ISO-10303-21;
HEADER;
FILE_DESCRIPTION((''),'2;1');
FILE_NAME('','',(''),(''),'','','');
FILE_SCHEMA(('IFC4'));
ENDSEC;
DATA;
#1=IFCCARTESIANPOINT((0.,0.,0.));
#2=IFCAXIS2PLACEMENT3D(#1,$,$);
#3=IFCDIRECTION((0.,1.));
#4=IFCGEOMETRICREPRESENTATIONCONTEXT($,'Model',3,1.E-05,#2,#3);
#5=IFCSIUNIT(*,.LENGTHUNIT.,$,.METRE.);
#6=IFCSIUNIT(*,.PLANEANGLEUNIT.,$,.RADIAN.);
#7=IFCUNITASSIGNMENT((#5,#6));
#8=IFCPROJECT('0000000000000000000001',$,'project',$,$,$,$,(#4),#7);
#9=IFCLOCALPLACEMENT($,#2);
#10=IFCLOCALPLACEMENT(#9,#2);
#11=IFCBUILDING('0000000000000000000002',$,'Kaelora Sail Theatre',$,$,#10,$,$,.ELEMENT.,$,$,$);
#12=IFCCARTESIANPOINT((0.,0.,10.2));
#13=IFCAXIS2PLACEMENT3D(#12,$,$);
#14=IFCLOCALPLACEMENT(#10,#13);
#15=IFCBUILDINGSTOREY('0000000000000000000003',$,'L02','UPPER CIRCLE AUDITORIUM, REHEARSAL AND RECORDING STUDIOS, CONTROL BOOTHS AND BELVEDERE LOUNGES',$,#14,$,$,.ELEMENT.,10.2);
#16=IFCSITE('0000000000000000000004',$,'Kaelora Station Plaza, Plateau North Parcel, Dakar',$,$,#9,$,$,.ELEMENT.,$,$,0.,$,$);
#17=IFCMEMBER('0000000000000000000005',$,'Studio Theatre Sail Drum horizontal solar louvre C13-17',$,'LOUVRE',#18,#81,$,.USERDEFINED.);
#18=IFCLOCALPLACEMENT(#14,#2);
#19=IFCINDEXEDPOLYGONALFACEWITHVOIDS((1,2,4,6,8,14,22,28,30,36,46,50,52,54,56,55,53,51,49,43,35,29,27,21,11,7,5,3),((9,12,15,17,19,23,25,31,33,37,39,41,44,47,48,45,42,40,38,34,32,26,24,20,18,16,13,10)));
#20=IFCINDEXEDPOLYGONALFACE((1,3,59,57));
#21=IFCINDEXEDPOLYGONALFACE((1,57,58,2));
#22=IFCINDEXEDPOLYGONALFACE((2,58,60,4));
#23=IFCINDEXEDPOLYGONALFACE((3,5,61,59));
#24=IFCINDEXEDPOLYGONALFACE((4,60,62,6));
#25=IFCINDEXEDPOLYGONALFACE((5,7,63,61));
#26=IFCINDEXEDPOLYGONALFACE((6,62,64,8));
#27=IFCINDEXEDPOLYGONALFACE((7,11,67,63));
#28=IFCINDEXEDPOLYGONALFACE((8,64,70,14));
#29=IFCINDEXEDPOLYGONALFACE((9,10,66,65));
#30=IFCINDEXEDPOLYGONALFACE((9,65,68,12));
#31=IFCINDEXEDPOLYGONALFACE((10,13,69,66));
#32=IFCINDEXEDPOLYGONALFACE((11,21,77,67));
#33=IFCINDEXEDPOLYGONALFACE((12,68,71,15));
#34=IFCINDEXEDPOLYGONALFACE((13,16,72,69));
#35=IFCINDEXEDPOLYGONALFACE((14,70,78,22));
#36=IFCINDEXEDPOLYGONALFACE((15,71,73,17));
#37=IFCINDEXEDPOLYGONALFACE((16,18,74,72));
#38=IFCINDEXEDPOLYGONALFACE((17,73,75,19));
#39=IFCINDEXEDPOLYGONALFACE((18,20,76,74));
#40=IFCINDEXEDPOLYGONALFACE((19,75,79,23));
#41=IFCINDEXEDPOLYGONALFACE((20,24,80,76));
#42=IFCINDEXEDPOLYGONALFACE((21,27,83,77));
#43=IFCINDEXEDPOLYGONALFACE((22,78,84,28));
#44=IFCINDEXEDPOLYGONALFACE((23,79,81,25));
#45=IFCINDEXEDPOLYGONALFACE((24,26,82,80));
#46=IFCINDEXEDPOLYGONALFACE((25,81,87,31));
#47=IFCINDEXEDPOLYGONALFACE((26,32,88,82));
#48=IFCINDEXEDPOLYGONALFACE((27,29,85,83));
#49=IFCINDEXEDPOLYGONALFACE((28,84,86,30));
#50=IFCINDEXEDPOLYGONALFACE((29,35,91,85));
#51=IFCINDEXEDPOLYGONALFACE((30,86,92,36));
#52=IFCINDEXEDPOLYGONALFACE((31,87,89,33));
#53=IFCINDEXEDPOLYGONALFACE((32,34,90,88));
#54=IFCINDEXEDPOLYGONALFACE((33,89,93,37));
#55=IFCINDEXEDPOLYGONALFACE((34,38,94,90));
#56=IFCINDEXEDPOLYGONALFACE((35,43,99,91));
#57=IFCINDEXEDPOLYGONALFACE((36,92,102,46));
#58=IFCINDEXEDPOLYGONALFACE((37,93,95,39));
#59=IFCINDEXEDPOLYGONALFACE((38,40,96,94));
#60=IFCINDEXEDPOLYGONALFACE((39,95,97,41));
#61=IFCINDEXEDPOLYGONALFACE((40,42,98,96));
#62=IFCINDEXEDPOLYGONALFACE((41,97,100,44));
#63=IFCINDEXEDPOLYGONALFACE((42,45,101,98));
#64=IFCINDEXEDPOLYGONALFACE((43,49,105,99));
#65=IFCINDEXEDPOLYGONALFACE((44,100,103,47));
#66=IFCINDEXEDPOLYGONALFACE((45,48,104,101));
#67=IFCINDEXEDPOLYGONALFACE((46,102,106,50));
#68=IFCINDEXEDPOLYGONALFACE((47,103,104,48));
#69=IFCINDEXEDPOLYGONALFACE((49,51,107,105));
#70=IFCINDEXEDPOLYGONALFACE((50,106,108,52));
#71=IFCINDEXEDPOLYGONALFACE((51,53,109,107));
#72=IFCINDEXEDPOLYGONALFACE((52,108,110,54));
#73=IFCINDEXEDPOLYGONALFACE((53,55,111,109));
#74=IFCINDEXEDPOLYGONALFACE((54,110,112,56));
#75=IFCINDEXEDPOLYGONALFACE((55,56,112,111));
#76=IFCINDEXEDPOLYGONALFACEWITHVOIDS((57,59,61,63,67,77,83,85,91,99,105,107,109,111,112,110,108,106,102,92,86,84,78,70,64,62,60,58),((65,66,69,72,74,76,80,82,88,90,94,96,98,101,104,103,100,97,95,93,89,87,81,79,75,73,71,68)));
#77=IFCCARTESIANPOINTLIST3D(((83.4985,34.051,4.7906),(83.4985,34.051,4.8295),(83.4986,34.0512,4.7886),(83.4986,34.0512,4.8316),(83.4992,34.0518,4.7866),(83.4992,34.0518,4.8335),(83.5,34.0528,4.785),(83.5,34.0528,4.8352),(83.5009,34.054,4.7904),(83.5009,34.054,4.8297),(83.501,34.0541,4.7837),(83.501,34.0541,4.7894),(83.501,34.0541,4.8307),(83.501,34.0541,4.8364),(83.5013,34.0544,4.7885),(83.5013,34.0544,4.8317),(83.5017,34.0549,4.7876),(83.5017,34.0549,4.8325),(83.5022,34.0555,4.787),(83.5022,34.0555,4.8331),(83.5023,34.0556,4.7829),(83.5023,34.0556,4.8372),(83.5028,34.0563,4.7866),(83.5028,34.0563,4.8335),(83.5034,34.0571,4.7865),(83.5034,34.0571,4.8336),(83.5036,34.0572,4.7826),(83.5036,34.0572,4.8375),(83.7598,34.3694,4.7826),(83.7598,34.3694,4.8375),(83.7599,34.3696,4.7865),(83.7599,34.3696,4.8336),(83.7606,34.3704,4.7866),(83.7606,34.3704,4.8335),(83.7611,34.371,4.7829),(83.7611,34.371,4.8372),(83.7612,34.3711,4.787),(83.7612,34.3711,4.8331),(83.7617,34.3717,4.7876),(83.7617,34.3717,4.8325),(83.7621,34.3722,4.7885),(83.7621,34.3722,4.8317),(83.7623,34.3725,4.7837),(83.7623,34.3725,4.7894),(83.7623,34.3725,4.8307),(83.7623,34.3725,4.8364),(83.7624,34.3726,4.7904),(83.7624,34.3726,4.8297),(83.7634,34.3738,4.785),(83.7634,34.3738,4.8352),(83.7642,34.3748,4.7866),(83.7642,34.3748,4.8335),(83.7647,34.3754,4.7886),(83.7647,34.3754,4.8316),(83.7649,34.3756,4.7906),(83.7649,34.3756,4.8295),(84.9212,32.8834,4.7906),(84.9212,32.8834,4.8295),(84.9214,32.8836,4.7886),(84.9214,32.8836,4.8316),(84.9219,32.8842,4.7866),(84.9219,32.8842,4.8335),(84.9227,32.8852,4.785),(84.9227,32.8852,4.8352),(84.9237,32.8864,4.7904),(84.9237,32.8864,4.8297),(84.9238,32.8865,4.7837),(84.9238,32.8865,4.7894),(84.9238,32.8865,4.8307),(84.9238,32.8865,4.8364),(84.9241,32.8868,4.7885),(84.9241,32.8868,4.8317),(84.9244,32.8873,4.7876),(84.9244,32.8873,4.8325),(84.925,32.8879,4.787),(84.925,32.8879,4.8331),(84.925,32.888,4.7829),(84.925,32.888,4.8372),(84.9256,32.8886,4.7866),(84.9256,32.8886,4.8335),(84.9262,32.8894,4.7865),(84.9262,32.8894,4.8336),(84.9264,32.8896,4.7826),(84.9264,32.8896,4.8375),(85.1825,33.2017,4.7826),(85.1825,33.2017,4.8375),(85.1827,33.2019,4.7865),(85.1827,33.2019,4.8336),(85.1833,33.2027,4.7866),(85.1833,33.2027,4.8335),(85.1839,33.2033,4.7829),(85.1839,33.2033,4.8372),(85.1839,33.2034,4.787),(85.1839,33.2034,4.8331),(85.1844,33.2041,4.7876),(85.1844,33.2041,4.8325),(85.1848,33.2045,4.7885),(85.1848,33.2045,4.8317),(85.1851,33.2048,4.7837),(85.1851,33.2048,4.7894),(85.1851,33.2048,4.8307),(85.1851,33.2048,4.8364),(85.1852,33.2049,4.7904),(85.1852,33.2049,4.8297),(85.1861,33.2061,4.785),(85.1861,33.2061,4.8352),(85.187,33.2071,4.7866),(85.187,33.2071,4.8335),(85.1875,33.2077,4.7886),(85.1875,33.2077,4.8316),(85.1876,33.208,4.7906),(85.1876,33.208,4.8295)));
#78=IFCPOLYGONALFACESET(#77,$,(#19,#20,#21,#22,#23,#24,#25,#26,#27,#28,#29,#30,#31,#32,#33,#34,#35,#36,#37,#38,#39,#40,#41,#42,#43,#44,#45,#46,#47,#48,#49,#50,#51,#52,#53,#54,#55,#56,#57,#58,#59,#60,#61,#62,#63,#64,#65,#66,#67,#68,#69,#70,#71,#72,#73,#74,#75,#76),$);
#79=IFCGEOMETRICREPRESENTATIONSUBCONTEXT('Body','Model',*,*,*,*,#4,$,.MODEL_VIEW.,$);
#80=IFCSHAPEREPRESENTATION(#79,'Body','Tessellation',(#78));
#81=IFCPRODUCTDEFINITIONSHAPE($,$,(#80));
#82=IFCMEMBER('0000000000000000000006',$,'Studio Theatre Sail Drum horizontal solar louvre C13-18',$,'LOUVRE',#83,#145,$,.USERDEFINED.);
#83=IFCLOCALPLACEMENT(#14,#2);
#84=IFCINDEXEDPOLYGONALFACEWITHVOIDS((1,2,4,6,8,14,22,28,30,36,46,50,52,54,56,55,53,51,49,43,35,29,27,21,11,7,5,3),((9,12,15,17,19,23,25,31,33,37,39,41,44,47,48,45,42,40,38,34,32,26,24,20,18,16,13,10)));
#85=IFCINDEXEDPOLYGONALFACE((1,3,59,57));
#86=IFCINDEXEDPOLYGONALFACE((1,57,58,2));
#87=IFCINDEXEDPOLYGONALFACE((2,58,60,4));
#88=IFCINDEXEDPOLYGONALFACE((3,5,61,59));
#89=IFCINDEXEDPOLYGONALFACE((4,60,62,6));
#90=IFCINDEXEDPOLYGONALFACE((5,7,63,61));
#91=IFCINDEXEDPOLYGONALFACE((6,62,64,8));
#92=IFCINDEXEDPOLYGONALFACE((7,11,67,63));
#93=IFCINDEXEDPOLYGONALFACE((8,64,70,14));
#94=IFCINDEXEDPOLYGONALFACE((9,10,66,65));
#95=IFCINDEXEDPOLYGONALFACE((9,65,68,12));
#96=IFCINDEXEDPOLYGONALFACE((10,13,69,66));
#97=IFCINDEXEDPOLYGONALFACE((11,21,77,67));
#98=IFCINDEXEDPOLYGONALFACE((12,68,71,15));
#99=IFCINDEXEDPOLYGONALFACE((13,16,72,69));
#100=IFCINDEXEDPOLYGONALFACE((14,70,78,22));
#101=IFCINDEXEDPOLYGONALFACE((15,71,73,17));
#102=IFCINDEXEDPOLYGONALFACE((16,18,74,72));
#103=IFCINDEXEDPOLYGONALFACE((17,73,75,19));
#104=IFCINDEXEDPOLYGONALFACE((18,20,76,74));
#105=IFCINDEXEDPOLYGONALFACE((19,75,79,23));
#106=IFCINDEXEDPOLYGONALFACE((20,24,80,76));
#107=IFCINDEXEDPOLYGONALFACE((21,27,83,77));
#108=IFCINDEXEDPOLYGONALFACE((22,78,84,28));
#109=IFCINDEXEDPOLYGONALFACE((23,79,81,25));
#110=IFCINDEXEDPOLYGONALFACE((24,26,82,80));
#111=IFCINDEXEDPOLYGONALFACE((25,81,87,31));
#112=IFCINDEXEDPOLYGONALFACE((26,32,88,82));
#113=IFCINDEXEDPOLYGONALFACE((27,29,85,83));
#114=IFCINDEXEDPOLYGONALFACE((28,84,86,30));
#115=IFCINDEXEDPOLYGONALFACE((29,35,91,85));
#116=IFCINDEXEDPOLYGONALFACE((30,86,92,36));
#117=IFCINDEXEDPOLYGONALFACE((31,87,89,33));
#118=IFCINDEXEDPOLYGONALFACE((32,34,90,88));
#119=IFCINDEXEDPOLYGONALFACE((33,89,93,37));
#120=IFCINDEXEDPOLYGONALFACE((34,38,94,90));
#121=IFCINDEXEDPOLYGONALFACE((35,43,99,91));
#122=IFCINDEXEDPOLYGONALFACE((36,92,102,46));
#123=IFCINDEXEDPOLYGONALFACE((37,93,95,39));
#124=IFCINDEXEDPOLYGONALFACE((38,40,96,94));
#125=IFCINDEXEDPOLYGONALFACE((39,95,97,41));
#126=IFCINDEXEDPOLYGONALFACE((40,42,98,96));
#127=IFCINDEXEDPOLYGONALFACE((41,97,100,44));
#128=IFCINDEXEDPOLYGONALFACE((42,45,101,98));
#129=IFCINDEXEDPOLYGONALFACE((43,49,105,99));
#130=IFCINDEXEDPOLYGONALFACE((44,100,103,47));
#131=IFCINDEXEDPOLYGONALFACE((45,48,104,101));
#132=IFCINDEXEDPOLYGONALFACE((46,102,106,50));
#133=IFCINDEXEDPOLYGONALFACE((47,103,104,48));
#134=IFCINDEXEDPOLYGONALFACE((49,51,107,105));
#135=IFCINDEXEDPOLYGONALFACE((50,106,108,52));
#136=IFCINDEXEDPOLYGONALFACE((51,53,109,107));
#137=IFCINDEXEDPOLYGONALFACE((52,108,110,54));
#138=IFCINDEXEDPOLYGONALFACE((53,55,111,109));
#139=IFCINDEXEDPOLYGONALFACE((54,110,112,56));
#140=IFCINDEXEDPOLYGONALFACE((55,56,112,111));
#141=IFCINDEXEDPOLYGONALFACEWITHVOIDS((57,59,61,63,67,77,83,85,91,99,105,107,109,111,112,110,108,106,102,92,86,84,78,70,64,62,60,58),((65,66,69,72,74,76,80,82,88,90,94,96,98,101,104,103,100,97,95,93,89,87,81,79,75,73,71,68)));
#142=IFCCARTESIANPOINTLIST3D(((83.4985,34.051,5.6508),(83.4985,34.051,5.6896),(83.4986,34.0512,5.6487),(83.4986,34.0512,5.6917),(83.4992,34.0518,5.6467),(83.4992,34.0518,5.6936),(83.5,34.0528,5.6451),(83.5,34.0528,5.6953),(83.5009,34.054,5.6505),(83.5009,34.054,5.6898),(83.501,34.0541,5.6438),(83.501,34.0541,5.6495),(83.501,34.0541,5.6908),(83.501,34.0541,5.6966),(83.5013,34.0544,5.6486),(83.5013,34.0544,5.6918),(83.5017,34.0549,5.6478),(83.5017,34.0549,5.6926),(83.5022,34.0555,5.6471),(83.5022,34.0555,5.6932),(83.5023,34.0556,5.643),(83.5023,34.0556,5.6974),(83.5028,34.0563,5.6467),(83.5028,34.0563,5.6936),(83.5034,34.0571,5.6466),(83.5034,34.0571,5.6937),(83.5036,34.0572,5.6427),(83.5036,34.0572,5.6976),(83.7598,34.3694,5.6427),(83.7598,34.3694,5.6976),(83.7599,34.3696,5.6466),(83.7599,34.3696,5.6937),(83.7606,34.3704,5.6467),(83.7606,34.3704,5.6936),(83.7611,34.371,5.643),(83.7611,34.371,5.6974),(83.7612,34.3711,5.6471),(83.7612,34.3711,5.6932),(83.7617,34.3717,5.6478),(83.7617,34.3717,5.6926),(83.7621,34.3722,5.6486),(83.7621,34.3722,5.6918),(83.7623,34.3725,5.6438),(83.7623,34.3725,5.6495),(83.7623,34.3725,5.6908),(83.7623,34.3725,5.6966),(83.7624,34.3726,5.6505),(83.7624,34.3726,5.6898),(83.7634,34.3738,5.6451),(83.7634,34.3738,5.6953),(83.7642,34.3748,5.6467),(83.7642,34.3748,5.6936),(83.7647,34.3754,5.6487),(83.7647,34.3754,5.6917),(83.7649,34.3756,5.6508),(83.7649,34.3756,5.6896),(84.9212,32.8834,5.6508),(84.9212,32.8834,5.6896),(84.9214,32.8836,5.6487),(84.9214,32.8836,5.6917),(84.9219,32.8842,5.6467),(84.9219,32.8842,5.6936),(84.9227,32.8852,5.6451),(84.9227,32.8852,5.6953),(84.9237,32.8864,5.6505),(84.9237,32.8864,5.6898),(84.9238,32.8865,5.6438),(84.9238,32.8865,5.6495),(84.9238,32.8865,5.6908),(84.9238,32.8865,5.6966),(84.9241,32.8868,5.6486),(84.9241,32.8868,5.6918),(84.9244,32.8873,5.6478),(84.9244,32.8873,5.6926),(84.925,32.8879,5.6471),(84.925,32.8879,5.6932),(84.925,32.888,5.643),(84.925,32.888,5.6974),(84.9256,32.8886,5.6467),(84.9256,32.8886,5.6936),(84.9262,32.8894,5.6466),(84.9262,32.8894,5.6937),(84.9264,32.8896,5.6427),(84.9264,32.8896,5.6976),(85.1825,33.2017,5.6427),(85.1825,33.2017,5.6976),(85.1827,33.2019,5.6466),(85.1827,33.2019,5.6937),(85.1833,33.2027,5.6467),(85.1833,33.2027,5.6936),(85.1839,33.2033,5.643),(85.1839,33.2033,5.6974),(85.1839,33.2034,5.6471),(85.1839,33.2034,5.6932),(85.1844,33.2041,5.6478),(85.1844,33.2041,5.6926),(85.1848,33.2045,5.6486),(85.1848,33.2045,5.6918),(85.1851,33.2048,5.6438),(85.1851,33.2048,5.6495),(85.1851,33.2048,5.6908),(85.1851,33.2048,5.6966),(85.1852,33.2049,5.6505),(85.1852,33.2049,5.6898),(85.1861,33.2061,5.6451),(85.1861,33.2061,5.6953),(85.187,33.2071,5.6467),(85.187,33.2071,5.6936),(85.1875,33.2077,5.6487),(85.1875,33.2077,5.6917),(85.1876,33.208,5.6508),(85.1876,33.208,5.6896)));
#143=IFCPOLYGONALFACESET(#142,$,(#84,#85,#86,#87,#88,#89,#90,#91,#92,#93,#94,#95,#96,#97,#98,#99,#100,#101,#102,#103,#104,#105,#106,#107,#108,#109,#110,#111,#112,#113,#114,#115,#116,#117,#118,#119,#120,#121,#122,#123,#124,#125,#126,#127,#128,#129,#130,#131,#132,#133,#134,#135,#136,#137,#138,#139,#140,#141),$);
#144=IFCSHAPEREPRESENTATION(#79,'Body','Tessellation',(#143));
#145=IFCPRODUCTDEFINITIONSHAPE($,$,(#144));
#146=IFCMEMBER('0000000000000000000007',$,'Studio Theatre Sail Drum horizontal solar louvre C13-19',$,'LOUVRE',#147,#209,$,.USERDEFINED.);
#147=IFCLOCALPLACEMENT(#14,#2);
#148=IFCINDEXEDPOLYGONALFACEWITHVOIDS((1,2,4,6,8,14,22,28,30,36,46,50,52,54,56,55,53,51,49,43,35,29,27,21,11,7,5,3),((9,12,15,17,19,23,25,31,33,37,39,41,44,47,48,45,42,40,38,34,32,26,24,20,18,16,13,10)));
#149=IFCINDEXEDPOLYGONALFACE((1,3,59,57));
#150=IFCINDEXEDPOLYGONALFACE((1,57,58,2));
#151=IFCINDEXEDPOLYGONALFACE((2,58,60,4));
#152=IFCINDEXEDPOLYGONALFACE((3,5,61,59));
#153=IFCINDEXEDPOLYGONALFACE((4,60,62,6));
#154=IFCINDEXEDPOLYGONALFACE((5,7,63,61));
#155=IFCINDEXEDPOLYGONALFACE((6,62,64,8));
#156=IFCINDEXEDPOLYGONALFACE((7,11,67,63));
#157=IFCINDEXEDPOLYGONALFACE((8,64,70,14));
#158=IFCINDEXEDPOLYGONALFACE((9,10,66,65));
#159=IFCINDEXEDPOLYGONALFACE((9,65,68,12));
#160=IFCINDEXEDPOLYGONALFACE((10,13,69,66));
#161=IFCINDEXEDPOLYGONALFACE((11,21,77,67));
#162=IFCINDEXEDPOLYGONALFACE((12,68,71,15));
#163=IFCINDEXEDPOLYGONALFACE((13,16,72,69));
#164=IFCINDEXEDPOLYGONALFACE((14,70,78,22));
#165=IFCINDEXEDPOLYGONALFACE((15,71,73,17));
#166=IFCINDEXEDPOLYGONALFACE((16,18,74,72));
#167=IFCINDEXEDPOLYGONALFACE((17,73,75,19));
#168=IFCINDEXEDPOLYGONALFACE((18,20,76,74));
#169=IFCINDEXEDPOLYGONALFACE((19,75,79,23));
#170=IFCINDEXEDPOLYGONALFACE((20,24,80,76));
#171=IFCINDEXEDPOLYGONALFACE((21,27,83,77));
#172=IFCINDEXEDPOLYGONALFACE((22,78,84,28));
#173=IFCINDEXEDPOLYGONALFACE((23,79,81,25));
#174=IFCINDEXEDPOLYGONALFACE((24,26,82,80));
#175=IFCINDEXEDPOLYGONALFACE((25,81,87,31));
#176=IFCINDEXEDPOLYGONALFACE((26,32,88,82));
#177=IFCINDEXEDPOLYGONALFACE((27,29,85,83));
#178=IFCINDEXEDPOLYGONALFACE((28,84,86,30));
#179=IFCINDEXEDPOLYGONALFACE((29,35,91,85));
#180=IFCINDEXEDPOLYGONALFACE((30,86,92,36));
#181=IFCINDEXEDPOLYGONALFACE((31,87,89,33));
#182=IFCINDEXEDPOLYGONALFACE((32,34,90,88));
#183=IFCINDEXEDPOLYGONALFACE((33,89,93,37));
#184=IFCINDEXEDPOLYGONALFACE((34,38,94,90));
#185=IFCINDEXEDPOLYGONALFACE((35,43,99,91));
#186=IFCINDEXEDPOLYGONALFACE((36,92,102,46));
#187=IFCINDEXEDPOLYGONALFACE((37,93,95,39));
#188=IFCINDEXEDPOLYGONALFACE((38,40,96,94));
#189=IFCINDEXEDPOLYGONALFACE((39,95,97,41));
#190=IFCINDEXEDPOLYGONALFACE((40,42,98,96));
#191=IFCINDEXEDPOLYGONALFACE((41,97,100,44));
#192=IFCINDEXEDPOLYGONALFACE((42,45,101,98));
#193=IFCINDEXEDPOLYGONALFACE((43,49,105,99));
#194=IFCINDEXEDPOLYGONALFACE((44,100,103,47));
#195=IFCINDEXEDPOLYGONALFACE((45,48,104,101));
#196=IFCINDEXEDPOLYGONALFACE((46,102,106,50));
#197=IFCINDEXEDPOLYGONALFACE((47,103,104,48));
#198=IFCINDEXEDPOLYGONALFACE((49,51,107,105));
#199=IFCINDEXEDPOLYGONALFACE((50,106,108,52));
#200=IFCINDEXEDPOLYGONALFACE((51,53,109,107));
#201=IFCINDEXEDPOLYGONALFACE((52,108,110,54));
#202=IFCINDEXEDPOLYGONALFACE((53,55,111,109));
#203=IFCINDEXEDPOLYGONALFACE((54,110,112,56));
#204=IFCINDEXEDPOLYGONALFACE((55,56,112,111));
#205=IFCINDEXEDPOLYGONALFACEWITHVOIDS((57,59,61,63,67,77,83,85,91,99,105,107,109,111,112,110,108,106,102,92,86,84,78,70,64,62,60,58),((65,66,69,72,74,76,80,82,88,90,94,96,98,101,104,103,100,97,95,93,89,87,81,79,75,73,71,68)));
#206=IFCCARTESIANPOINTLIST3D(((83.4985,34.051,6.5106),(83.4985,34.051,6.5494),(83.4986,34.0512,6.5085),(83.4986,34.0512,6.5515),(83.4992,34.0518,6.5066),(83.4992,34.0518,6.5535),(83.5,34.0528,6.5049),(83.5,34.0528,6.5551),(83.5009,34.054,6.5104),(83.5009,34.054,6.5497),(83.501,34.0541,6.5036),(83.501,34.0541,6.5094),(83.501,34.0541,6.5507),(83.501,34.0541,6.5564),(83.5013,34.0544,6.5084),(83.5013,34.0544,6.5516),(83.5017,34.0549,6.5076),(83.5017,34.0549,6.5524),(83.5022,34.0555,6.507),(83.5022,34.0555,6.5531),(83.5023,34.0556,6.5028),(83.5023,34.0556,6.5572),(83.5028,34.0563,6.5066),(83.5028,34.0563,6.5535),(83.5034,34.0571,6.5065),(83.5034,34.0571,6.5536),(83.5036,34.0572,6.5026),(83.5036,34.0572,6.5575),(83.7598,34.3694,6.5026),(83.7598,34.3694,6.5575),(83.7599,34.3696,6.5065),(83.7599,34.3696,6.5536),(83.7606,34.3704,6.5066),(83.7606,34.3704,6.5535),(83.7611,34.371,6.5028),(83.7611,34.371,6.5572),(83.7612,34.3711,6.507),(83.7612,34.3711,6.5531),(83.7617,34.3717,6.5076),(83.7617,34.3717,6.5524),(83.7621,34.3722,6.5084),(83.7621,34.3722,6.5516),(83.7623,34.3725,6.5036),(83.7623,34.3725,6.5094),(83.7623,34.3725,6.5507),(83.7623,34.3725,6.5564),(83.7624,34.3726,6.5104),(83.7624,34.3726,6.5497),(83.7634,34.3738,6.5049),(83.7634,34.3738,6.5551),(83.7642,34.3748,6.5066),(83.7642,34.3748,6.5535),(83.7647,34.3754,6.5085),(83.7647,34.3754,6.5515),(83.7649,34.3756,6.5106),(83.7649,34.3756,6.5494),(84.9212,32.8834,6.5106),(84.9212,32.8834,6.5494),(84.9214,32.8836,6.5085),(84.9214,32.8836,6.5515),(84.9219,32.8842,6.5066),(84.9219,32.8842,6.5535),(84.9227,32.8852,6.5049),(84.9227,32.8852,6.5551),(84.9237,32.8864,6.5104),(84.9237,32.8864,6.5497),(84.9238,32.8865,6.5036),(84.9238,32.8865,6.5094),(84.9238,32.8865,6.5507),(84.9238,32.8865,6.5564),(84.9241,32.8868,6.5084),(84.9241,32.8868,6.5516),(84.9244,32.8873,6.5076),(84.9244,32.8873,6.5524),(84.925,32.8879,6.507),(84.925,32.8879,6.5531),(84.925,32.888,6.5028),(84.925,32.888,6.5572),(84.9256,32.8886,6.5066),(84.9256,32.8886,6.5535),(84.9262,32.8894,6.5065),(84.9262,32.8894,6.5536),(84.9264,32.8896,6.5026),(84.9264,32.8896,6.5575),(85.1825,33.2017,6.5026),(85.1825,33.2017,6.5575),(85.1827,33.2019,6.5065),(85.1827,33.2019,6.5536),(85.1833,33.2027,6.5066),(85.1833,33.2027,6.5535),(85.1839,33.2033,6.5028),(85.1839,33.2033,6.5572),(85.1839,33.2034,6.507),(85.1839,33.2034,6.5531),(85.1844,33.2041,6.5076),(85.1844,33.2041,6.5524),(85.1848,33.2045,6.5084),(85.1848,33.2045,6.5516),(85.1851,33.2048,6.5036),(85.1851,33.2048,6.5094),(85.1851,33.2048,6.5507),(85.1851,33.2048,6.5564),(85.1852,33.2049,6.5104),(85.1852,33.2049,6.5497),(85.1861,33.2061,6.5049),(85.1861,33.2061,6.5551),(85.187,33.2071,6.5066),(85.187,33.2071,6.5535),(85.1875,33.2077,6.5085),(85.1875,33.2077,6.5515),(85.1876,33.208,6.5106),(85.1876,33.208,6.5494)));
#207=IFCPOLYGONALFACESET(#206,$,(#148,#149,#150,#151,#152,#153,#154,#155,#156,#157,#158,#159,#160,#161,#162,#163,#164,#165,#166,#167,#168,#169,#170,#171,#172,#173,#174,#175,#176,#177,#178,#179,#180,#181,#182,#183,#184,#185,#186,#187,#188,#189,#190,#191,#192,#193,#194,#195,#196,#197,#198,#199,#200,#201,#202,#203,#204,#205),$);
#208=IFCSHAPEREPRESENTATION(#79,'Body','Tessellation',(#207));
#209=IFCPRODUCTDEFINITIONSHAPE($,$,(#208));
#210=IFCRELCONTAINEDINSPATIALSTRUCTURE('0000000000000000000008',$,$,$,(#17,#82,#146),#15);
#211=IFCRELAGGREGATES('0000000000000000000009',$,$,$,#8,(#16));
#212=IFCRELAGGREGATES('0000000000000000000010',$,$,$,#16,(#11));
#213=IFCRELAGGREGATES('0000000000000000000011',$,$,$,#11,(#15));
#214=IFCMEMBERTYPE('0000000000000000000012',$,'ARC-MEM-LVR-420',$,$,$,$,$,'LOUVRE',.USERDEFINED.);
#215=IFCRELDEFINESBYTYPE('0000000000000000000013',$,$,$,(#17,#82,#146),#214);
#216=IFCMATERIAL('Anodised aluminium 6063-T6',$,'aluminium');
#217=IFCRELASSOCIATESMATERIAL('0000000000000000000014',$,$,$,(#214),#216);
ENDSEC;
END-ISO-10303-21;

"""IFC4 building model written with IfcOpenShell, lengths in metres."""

from ifc_helpers import new_model, si_unit, direction, frame, origin, origin_2d, place, context, subcontext, project, spatial, hollow_rectangle, extrude, material, material_profile, profile_set, type_object, element, save


model = new_model("IFC4")

# Units and contexts
model_context = context("Model", 3, precision=1e-05, world=origin(), true_north=direction((0.0, 1.0)))
body_context = subcontext(model_context, "Body", "Model", "MODEL_VIEW")
ifc_project = project(units=[si_unit("LENGTHUNIT", "METRE"), si_unit("PLANEANGLEUNIT", "RADIAN")], contexts=[model_context])

# Site, building, storey
site_placement = place(None, origin())
site = spatial("IfcSite", under=ifc_project, at=site_placement, Name="Kaelora Station Plaza, Plateau North Parcel, Dakar", CompositionType="ELEMENT", RefElevation=0.0)
building_placement = place(site_placement, origin())
building = spatial("IfcBuilding", under=site, at=building_placement, Name="Kaelora Sail Theatre", CompositionType="ELEMENT")
storey_placement = place(building_placement, frame((0.0, 0.0, 10.2)))
storey = spatial("IfcBuildingStorey", under=building, at=storey_placement, Name="L02", Description="UPPER CIRCLE AUDITORIUM, REHEARSAL AND RECORDING STUDIOS, CONTROL BOOTHS AND BELVEDERE LOUNGES", CompositionType="ELEMENT", Elevation=10.2)

# Members
ifc_material_1 = material(Name="Anodised aluminium 6063-T6", Category="aluminium")
ifc_material_profile_1 = material_profile(ifc_material_1, hollow_rectangle(XDim=0.4199, YDim=0.0549, WallThickness=0.0039, InnerFilletRadius=0.0039, OuterFilletRadius=0.0081, at=origin_2d()), Name="LOUVRE 420x55x4")
ifc_profile_set_1 = profile_set([ifc_material_profile_1], Name="Anodised aluminium 6063-T6")
member_type = type_object("IfcMemberType", Name="ARC-MEM-LVR-420", ElementType="LOUVRE", PredefinedType="USERDEFINED", material=ifc_profile_set_1)
for number, where, z_axis, x_axis, name in (
    (1, (85.0544, 33.0457, 4.8101), (-0.773005, 0.6344, 0.0), (-0.6344, -0.773005, 0.0), "Studio Theatre Sail Drum horizontal solar louvre C13-17"),
    (2, (85.0544, 33.0457, 5.6702), (-0.773005, 0.6344, 0.0), (-0.6344, -0.773005, 0.0), "Studio Theatre Sail Drum horizontal solar louvre C13-18"),
    (3, (85.0544, 33.0457, 6.53), (-0.773005, 0.6344, 0.0), (-0.6344, -0.773005, 0.0), "Studio Theatre Sail Drum horizontal solar louvre C13-19"),
):
    element("IfcMember", number, at=place(storey_placement, frame(where, z_axis=z_axis, x_axis=x_axis)), inside=storey, type_object=member_type, Name=name, ObjectType="LOUVRE", PredefinedType="USERDEFINED", context=body_context, shape_type="SweptSolid", body=[
        extrude(hollow_rectangle(XDim=0.4199, YDim=0.0549, WallThickness=0.0039, InnerFilletRadius=0.0039, OuterFilletRadius=0.0081, at=origin_2d()), origin(), (0.0, 0.0, 1.0), 1.8406),
    ])

save(model, "model.ifc")
